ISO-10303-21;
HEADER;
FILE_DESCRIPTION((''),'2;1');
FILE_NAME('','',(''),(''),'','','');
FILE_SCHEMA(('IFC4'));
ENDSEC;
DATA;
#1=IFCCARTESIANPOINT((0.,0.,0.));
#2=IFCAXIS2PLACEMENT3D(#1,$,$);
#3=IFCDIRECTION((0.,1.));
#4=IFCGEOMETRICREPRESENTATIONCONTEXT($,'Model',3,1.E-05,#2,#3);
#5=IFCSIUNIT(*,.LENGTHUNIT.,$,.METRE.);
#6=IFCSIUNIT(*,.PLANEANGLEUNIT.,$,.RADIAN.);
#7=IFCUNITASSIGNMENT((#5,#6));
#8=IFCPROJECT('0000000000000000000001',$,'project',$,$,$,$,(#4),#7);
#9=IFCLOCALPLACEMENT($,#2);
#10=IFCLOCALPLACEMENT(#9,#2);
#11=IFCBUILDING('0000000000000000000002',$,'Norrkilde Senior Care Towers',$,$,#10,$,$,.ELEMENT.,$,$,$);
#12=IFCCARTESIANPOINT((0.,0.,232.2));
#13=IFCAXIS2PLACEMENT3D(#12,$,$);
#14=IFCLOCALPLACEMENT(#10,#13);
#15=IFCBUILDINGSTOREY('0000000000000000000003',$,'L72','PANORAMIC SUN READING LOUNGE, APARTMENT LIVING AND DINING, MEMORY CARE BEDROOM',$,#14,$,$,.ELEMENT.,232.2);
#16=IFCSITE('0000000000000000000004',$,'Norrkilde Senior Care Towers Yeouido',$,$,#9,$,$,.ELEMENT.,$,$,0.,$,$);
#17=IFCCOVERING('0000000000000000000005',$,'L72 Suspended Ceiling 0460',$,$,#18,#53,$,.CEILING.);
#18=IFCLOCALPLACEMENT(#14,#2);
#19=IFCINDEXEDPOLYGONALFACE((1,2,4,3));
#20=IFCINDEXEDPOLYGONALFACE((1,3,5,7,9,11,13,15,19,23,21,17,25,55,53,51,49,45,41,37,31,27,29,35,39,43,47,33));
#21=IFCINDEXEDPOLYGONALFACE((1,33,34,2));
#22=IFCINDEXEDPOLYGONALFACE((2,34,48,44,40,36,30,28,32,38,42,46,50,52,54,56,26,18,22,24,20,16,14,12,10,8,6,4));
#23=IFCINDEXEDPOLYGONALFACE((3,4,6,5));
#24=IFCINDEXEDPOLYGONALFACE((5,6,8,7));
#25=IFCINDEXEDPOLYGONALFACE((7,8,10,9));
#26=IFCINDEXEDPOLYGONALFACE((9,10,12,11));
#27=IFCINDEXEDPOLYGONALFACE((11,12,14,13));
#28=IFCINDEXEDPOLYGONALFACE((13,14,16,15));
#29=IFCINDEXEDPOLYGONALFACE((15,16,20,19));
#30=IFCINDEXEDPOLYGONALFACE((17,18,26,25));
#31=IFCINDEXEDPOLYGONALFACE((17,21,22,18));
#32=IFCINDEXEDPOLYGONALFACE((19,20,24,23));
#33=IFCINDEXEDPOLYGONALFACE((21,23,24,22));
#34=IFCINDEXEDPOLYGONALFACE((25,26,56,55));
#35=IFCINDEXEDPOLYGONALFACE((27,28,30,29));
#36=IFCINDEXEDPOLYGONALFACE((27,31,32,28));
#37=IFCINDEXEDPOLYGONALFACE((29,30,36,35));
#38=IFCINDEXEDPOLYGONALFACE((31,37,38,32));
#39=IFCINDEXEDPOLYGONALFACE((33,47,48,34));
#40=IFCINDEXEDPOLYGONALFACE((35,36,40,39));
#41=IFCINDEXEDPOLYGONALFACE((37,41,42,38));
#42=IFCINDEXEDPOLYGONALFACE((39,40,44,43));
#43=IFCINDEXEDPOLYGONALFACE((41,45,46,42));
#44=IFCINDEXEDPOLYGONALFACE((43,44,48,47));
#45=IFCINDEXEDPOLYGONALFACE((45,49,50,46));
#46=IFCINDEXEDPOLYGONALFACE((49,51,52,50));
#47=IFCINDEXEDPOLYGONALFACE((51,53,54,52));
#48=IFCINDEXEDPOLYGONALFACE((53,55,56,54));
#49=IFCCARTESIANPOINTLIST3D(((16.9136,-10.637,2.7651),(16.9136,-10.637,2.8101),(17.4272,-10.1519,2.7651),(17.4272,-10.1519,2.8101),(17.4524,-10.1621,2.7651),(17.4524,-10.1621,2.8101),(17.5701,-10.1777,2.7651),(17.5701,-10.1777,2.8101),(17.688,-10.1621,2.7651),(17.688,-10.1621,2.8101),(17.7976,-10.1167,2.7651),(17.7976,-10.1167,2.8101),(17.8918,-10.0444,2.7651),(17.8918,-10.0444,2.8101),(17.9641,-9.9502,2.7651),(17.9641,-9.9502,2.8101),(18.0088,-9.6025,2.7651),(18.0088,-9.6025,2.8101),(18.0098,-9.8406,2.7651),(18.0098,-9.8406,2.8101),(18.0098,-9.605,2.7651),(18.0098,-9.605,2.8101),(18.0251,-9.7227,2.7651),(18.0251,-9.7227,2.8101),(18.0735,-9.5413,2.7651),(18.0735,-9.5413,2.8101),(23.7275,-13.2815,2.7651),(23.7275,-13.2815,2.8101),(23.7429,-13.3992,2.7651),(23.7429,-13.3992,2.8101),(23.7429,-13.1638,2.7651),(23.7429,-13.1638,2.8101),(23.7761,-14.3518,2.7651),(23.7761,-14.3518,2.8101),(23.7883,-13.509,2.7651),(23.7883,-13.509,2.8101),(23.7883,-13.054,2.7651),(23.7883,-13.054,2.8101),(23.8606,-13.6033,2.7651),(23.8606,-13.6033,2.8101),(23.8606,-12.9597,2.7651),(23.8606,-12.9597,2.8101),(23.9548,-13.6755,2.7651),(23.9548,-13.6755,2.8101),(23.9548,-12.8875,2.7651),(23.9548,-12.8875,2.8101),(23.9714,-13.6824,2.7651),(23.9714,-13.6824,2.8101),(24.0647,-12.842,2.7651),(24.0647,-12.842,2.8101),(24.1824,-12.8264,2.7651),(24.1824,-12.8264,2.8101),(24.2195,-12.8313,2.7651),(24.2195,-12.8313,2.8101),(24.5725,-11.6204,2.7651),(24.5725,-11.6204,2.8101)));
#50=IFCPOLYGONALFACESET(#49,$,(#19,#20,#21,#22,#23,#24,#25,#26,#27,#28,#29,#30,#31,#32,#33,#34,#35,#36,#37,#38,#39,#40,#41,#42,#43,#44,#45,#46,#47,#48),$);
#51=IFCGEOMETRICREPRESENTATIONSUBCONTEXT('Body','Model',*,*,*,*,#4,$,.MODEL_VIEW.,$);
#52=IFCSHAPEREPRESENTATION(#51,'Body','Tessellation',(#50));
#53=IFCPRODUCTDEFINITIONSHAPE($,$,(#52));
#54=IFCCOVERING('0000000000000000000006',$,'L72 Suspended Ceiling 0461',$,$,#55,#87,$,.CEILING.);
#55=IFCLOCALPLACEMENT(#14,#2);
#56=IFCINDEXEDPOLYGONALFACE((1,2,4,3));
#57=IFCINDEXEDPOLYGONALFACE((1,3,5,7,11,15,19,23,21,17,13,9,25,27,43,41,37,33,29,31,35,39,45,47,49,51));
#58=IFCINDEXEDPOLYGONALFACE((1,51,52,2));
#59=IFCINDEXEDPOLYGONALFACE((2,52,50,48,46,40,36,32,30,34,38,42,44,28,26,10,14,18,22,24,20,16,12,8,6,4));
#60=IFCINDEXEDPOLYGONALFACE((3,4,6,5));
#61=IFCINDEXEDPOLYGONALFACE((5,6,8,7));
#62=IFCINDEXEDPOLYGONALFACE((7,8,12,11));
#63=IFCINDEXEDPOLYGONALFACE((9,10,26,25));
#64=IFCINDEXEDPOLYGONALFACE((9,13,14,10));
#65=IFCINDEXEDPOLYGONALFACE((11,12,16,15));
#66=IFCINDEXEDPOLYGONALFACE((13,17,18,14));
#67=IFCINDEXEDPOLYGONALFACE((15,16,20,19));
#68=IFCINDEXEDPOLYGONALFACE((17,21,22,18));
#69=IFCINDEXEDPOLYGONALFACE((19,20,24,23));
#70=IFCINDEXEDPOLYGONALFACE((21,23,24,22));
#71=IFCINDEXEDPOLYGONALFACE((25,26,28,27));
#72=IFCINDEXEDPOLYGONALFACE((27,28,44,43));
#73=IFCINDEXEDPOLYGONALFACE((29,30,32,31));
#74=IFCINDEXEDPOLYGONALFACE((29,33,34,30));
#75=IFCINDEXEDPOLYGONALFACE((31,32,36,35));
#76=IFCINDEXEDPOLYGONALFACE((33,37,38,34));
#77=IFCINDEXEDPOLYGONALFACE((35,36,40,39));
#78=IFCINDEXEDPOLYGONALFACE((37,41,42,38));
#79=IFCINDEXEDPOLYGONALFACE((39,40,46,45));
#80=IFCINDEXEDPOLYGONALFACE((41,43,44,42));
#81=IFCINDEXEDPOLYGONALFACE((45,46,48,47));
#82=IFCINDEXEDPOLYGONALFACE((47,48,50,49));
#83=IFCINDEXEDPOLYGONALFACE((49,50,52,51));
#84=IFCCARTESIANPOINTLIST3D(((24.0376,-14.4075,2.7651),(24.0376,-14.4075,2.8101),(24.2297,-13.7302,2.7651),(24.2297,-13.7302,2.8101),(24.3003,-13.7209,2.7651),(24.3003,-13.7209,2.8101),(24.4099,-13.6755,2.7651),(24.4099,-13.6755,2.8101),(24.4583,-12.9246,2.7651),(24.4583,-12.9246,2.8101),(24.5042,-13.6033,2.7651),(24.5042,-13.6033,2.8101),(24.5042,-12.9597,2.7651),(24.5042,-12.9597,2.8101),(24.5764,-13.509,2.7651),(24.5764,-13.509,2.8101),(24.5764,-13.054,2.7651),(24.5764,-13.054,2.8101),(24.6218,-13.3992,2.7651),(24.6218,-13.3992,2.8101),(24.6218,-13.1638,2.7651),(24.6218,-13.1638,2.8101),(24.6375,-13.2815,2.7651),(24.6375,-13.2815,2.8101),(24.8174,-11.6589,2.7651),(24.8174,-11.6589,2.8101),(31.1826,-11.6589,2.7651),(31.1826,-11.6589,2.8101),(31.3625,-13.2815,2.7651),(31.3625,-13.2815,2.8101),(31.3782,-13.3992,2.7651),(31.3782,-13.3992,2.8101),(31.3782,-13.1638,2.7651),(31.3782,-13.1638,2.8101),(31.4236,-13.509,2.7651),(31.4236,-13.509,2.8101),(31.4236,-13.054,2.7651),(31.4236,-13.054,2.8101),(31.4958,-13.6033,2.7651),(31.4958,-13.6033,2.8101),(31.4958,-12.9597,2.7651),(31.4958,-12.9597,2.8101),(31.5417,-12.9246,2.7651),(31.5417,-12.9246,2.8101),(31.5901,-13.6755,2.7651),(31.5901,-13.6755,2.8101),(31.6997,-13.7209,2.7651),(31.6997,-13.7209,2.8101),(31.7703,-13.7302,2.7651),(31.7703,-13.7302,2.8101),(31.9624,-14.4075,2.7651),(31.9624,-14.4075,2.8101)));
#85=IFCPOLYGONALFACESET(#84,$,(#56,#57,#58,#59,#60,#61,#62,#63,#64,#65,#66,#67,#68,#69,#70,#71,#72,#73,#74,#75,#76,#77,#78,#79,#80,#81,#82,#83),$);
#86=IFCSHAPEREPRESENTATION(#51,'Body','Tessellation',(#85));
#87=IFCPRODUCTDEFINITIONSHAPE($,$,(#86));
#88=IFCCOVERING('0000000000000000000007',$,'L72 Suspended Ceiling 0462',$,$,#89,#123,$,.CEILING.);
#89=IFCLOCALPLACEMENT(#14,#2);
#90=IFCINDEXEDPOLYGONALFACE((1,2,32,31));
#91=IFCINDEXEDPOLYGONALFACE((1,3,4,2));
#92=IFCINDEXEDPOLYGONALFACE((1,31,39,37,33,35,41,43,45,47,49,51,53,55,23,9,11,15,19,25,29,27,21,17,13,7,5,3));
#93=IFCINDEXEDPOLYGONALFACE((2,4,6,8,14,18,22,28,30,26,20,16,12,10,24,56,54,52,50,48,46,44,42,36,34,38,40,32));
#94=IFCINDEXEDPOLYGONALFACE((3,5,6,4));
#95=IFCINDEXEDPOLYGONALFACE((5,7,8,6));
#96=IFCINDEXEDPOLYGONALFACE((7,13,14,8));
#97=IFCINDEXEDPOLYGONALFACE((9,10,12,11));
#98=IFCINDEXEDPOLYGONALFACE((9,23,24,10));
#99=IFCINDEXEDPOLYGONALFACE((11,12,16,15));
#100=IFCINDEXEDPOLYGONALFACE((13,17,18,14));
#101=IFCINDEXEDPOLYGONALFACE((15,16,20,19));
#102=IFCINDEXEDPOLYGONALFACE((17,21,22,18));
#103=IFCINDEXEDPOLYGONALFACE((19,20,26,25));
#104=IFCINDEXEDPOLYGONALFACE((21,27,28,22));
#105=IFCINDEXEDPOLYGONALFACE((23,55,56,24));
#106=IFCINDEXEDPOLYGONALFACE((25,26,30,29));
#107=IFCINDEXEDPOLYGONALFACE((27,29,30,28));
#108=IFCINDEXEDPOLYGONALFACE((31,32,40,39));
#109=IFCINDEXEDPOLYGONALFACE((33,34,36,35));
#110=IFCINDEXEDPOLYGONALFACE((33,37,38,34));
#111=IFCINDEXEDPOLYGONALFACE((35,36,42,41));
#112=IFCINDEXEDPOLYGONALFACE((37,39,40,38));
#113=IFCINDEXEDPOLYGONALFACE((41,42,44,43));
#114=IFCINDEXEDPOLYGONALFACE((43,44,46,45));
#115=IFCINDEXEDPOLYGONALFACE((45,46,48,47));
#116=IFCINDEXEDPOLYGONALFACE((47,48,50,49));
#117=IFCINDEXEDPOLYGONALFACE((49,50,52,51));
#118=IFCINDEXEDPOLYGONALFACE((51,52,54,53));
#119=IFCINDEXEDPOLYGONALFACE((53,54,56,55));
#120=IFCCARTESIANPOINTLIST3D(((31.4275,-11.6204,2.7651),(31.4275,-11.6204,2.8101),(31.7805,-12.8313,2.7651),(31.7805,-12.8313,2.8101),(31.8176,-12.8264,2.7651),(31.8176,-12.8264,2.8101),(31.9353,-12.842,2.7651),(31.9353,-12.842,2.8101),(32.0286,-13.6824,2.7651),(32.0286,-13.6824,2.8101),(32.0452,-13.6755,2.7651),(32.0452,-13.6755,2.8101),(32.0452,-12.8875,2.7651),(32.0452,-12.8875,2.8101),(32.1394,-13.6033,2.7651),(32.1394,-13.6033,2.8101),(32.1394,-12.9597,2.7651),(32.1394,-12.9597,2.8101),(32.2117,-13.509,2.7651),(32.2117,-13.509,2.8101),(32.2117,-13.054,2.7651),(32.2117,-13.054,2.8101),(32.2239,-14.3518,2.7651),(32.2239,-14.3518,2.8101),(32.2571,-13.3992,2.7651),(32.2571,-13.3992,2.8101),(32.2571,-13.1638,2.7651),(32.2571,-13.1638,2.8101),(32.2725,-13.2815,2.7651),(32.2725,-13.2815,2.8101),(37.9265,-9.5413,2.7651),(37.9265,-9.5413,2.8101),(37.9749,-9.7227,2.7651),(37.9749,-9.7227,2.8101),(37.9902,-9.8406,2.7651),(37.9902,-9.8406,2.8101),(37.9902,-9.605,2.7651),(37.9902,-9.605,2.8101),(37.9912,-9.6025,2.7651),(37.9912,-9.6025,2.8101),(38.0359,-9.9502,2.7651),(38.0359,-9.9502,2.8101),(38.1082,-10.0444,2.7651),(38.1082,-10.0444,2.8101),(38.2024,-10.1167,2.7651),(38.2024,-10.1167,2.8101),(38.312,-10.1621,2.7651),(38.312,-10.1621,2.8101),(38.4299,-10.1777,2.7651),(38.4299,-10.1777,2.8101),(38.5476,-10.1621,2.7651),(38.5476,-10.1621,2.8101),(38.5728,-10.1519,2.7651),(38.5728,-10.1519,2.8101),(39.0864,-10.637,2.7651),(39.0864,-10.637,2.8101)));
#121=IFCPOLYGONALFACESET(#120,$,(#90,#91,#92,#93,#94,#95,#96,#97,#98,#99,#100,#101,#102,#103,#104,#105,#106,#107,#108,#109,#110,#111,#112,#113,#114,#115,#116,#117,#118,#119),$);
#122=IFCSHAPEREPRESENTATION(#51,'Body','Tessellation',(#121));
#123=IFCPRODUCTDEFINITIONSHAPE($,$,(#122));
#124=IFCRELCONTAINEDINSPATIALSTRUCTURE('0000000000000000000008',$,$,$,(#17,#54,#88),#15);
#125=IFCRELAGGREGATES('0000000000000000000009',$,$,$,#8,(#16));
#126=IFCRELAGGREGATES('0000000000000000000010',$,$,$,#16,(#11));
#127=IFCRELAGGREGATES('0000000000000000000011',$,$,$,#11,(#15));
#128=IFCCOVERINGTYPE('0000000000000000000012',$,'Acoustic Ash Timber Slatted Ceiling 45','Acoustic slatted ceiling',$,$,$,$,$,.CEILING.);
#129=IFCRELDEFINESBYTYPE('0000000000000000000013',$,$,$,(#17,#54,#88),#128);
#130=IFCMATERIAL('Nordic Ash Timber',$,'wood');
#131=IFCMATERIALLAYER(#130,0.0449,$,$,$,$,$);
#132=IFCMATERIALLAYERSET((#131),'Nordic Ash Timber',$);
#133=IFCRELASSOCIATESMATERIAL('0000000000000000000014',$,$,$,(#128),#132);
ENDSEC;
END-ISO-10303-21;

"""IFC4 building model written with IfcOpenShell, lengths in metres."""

from ifc_helpers import new_model, si_unit, direction, frame, origin, place, context, subcontext, project, spatial, polyline, outline, extrude, material, layer, layer_set, type_object, element, save


model = new_model("IFC4")

# Units and contexts
model_context = context("Model", 3, precision=1e-05, world=origin(), true_north=direction((0.0, 1.0)))
body_context = subcontext(model_context, "Body", "Model", "MODEL_VIEW")
ifc_project = project(units=[si_unit("LENGTHUNIT", "METRE"), si_unit("PLANEANGLEUNIT", "RADIAN")], contexts=[model_context])

# Site, building, storey
site_placement = place(None, origin())
site = spatial("IfcSite", under=ifc_project, at=site_placement, Name="Norrkilde Senior Care Towers Yeouido", CompositionType="ELEMENT", RefElevation=0.0)
building_placement = place(site_placement, origin())
building = spatial("IfcBuilding", under=site, at=building_placement, Name="Norrkilde Senior Care Towers", CompositionType="ELEMENT")
storey_placement = place(building_placement, frame((0.0, 0.0, 232.2)))
storey = spatial("IfcBuildingStorey", under=building, at=storey_placement, Name="L72", Description="PANORAMIC SUN READING LOUNGE, APARTMENT LIVING AND DINING, MEMORY CARE BEDROOM", CompositionType="ELEMENT", Elevation=232.2)

# Shared definitions
ifc_material_1 = material(Name="Nordic Ash Timber", Category="wood")

# Coverings
ifc_layer_1 = layer(ifc_material_1, 0.0449)
ifc_layer_set_1 = layer_set([ifc_layer_1], Name="Nordic Ash Timber")
covering_type_1 = type_object("IfcCoveringType", Name="Acoustic Ash Timber Slatted Ceiling 45", Description="Acoustic slatted ceiling", PredefinedType="CEILING", material=ifc_layer_set_1)
covering_1_placement = place(storey_placement, frame((0.0, 0.0, 2.7651)))
element("IfcCovering", 1, at=covering_1_placement, inside=storey, type_object=covering_type_1, Name="L72 Suspended Ceiling 0460", PredefinedType="CEILING", context=body_context, shape_type="SweptSolid", body=[
    extrude(outline(polyline([(17.4524, -10.1621), (17.5701, -10.1777), (17.688, -10.1621), (17.7976, -10.1167), (17.8918, -10.0444), (17.9641, -9.9502), (18.0098, -9.8406), (18.0251, -9.7227), (18.0098, -9.605), (18.0088, -9.6025), (18.0735, -9.5413), (24.5725, -11.6204), (24.2195, -12.8313), (24.1824, -12.8264), (24.0647, -12.842), (23.9548, -12.8875), (23.8606, -12.9597), (23.7883, -13.054), (23.7429, -13.1638), (23.7275, -13.2815), (23.7429, -13.3992), (23.7883, -13.509), (23.8606, -13.6033), (23.9548, -13.6755), (23.9714, -13.6824), (23.7761, -14.3518), (16.9136, -10.637), (17.4272, -10.1519), (17.4524, -10.1621)])), origin(), (0.0, 0.0, 1.0), 0.0449),
])
covering_2_placement = place(storey_placement, frame((0.0, 0.0, 2.7651)))
element("IfcCovering", 2, at=covering_2_placement, inside=storey, type_object=covering_type_1, Name="L72 Suspended Ceiling 0461", PredefinedType="CEILING", context=body_context, shape_type="SweptSolid", body=[
    extrude(outline(polyline([(24.2297, -13.7302), (24.3003, -13.7209), (24.4099, -13.6755), (24.5042, -13.6033), (24.5764, -13.509), (24.6218, -13.3992), (24.6375, -13.2815), (24.6218, -13.1638), (24.5764, -13.054), (24.5042, -12.9597), (24.4583, -12.9246), (24.8174, -11.6589), (31.1826, -11.6589), (31.5417, -12.9246), (31.4958, -12.9597), (31.4236, -13.054), (31.3782, -13.1638), (31.3625, -13.2815), (31.3782, -13.3992), (31.4236, -13.509), (31.4958, -13.6033), (31.5901, -13.6755), (31.6997, -13.7209), (31.7703, -13.7302), (31.9624, -14.4075), (24.0376, -14.4075), (24.2297, -13.7302)])), origin(), (0.0, 0.0, 1.0), 0.0449),
])
covering_3_placement = place(storey_placement, frame((0.0, 0.0, 2.7651)))
element("IfcCovering", 3, at=covering_3_placement, inside=storey, type_object=covering_type_1, Name="L72 Suspended Ceiling 0462", PredefinedType="CEILING", context=body_context, shape_type="SweptSolid", body=[
    extrude(outline(polyline([(32.2239, -14.3518), (32.0286, -13.6824), (32.0452, -13.6755), (32.1394, -13.6033), (32.2117, -13.509), (32.2571, -13.3992), (32.2725, -13.2815), (32.2571, -13.1638), (32.2117, -13.054), (32.1394, -12.9597), (32.0452, -12.8875), (31.9353, -12.842), (31.8176, -12.8264), (31.7805, -12.8313), (31.4275, -11.6204), (37.9265, -9.5413), (37.9912, -9.6025), (37.9902, -9.605), (37.9749, -9.7227), (37.9902, -9.8406), (38.0359, -9.9502), (38.1082, -10.0444), (38.2024, -10.1167), (38.312, -10.1621), (38.4299, -10.1777), (38.5476, -10.1621), (38.5728, -10.1519), (39.0864, -10.637), (32.2239, -14.3518)])), origin(), (0.0, 0.0, 1.0), 0.0449),
])

save(model, "model.ifc")
